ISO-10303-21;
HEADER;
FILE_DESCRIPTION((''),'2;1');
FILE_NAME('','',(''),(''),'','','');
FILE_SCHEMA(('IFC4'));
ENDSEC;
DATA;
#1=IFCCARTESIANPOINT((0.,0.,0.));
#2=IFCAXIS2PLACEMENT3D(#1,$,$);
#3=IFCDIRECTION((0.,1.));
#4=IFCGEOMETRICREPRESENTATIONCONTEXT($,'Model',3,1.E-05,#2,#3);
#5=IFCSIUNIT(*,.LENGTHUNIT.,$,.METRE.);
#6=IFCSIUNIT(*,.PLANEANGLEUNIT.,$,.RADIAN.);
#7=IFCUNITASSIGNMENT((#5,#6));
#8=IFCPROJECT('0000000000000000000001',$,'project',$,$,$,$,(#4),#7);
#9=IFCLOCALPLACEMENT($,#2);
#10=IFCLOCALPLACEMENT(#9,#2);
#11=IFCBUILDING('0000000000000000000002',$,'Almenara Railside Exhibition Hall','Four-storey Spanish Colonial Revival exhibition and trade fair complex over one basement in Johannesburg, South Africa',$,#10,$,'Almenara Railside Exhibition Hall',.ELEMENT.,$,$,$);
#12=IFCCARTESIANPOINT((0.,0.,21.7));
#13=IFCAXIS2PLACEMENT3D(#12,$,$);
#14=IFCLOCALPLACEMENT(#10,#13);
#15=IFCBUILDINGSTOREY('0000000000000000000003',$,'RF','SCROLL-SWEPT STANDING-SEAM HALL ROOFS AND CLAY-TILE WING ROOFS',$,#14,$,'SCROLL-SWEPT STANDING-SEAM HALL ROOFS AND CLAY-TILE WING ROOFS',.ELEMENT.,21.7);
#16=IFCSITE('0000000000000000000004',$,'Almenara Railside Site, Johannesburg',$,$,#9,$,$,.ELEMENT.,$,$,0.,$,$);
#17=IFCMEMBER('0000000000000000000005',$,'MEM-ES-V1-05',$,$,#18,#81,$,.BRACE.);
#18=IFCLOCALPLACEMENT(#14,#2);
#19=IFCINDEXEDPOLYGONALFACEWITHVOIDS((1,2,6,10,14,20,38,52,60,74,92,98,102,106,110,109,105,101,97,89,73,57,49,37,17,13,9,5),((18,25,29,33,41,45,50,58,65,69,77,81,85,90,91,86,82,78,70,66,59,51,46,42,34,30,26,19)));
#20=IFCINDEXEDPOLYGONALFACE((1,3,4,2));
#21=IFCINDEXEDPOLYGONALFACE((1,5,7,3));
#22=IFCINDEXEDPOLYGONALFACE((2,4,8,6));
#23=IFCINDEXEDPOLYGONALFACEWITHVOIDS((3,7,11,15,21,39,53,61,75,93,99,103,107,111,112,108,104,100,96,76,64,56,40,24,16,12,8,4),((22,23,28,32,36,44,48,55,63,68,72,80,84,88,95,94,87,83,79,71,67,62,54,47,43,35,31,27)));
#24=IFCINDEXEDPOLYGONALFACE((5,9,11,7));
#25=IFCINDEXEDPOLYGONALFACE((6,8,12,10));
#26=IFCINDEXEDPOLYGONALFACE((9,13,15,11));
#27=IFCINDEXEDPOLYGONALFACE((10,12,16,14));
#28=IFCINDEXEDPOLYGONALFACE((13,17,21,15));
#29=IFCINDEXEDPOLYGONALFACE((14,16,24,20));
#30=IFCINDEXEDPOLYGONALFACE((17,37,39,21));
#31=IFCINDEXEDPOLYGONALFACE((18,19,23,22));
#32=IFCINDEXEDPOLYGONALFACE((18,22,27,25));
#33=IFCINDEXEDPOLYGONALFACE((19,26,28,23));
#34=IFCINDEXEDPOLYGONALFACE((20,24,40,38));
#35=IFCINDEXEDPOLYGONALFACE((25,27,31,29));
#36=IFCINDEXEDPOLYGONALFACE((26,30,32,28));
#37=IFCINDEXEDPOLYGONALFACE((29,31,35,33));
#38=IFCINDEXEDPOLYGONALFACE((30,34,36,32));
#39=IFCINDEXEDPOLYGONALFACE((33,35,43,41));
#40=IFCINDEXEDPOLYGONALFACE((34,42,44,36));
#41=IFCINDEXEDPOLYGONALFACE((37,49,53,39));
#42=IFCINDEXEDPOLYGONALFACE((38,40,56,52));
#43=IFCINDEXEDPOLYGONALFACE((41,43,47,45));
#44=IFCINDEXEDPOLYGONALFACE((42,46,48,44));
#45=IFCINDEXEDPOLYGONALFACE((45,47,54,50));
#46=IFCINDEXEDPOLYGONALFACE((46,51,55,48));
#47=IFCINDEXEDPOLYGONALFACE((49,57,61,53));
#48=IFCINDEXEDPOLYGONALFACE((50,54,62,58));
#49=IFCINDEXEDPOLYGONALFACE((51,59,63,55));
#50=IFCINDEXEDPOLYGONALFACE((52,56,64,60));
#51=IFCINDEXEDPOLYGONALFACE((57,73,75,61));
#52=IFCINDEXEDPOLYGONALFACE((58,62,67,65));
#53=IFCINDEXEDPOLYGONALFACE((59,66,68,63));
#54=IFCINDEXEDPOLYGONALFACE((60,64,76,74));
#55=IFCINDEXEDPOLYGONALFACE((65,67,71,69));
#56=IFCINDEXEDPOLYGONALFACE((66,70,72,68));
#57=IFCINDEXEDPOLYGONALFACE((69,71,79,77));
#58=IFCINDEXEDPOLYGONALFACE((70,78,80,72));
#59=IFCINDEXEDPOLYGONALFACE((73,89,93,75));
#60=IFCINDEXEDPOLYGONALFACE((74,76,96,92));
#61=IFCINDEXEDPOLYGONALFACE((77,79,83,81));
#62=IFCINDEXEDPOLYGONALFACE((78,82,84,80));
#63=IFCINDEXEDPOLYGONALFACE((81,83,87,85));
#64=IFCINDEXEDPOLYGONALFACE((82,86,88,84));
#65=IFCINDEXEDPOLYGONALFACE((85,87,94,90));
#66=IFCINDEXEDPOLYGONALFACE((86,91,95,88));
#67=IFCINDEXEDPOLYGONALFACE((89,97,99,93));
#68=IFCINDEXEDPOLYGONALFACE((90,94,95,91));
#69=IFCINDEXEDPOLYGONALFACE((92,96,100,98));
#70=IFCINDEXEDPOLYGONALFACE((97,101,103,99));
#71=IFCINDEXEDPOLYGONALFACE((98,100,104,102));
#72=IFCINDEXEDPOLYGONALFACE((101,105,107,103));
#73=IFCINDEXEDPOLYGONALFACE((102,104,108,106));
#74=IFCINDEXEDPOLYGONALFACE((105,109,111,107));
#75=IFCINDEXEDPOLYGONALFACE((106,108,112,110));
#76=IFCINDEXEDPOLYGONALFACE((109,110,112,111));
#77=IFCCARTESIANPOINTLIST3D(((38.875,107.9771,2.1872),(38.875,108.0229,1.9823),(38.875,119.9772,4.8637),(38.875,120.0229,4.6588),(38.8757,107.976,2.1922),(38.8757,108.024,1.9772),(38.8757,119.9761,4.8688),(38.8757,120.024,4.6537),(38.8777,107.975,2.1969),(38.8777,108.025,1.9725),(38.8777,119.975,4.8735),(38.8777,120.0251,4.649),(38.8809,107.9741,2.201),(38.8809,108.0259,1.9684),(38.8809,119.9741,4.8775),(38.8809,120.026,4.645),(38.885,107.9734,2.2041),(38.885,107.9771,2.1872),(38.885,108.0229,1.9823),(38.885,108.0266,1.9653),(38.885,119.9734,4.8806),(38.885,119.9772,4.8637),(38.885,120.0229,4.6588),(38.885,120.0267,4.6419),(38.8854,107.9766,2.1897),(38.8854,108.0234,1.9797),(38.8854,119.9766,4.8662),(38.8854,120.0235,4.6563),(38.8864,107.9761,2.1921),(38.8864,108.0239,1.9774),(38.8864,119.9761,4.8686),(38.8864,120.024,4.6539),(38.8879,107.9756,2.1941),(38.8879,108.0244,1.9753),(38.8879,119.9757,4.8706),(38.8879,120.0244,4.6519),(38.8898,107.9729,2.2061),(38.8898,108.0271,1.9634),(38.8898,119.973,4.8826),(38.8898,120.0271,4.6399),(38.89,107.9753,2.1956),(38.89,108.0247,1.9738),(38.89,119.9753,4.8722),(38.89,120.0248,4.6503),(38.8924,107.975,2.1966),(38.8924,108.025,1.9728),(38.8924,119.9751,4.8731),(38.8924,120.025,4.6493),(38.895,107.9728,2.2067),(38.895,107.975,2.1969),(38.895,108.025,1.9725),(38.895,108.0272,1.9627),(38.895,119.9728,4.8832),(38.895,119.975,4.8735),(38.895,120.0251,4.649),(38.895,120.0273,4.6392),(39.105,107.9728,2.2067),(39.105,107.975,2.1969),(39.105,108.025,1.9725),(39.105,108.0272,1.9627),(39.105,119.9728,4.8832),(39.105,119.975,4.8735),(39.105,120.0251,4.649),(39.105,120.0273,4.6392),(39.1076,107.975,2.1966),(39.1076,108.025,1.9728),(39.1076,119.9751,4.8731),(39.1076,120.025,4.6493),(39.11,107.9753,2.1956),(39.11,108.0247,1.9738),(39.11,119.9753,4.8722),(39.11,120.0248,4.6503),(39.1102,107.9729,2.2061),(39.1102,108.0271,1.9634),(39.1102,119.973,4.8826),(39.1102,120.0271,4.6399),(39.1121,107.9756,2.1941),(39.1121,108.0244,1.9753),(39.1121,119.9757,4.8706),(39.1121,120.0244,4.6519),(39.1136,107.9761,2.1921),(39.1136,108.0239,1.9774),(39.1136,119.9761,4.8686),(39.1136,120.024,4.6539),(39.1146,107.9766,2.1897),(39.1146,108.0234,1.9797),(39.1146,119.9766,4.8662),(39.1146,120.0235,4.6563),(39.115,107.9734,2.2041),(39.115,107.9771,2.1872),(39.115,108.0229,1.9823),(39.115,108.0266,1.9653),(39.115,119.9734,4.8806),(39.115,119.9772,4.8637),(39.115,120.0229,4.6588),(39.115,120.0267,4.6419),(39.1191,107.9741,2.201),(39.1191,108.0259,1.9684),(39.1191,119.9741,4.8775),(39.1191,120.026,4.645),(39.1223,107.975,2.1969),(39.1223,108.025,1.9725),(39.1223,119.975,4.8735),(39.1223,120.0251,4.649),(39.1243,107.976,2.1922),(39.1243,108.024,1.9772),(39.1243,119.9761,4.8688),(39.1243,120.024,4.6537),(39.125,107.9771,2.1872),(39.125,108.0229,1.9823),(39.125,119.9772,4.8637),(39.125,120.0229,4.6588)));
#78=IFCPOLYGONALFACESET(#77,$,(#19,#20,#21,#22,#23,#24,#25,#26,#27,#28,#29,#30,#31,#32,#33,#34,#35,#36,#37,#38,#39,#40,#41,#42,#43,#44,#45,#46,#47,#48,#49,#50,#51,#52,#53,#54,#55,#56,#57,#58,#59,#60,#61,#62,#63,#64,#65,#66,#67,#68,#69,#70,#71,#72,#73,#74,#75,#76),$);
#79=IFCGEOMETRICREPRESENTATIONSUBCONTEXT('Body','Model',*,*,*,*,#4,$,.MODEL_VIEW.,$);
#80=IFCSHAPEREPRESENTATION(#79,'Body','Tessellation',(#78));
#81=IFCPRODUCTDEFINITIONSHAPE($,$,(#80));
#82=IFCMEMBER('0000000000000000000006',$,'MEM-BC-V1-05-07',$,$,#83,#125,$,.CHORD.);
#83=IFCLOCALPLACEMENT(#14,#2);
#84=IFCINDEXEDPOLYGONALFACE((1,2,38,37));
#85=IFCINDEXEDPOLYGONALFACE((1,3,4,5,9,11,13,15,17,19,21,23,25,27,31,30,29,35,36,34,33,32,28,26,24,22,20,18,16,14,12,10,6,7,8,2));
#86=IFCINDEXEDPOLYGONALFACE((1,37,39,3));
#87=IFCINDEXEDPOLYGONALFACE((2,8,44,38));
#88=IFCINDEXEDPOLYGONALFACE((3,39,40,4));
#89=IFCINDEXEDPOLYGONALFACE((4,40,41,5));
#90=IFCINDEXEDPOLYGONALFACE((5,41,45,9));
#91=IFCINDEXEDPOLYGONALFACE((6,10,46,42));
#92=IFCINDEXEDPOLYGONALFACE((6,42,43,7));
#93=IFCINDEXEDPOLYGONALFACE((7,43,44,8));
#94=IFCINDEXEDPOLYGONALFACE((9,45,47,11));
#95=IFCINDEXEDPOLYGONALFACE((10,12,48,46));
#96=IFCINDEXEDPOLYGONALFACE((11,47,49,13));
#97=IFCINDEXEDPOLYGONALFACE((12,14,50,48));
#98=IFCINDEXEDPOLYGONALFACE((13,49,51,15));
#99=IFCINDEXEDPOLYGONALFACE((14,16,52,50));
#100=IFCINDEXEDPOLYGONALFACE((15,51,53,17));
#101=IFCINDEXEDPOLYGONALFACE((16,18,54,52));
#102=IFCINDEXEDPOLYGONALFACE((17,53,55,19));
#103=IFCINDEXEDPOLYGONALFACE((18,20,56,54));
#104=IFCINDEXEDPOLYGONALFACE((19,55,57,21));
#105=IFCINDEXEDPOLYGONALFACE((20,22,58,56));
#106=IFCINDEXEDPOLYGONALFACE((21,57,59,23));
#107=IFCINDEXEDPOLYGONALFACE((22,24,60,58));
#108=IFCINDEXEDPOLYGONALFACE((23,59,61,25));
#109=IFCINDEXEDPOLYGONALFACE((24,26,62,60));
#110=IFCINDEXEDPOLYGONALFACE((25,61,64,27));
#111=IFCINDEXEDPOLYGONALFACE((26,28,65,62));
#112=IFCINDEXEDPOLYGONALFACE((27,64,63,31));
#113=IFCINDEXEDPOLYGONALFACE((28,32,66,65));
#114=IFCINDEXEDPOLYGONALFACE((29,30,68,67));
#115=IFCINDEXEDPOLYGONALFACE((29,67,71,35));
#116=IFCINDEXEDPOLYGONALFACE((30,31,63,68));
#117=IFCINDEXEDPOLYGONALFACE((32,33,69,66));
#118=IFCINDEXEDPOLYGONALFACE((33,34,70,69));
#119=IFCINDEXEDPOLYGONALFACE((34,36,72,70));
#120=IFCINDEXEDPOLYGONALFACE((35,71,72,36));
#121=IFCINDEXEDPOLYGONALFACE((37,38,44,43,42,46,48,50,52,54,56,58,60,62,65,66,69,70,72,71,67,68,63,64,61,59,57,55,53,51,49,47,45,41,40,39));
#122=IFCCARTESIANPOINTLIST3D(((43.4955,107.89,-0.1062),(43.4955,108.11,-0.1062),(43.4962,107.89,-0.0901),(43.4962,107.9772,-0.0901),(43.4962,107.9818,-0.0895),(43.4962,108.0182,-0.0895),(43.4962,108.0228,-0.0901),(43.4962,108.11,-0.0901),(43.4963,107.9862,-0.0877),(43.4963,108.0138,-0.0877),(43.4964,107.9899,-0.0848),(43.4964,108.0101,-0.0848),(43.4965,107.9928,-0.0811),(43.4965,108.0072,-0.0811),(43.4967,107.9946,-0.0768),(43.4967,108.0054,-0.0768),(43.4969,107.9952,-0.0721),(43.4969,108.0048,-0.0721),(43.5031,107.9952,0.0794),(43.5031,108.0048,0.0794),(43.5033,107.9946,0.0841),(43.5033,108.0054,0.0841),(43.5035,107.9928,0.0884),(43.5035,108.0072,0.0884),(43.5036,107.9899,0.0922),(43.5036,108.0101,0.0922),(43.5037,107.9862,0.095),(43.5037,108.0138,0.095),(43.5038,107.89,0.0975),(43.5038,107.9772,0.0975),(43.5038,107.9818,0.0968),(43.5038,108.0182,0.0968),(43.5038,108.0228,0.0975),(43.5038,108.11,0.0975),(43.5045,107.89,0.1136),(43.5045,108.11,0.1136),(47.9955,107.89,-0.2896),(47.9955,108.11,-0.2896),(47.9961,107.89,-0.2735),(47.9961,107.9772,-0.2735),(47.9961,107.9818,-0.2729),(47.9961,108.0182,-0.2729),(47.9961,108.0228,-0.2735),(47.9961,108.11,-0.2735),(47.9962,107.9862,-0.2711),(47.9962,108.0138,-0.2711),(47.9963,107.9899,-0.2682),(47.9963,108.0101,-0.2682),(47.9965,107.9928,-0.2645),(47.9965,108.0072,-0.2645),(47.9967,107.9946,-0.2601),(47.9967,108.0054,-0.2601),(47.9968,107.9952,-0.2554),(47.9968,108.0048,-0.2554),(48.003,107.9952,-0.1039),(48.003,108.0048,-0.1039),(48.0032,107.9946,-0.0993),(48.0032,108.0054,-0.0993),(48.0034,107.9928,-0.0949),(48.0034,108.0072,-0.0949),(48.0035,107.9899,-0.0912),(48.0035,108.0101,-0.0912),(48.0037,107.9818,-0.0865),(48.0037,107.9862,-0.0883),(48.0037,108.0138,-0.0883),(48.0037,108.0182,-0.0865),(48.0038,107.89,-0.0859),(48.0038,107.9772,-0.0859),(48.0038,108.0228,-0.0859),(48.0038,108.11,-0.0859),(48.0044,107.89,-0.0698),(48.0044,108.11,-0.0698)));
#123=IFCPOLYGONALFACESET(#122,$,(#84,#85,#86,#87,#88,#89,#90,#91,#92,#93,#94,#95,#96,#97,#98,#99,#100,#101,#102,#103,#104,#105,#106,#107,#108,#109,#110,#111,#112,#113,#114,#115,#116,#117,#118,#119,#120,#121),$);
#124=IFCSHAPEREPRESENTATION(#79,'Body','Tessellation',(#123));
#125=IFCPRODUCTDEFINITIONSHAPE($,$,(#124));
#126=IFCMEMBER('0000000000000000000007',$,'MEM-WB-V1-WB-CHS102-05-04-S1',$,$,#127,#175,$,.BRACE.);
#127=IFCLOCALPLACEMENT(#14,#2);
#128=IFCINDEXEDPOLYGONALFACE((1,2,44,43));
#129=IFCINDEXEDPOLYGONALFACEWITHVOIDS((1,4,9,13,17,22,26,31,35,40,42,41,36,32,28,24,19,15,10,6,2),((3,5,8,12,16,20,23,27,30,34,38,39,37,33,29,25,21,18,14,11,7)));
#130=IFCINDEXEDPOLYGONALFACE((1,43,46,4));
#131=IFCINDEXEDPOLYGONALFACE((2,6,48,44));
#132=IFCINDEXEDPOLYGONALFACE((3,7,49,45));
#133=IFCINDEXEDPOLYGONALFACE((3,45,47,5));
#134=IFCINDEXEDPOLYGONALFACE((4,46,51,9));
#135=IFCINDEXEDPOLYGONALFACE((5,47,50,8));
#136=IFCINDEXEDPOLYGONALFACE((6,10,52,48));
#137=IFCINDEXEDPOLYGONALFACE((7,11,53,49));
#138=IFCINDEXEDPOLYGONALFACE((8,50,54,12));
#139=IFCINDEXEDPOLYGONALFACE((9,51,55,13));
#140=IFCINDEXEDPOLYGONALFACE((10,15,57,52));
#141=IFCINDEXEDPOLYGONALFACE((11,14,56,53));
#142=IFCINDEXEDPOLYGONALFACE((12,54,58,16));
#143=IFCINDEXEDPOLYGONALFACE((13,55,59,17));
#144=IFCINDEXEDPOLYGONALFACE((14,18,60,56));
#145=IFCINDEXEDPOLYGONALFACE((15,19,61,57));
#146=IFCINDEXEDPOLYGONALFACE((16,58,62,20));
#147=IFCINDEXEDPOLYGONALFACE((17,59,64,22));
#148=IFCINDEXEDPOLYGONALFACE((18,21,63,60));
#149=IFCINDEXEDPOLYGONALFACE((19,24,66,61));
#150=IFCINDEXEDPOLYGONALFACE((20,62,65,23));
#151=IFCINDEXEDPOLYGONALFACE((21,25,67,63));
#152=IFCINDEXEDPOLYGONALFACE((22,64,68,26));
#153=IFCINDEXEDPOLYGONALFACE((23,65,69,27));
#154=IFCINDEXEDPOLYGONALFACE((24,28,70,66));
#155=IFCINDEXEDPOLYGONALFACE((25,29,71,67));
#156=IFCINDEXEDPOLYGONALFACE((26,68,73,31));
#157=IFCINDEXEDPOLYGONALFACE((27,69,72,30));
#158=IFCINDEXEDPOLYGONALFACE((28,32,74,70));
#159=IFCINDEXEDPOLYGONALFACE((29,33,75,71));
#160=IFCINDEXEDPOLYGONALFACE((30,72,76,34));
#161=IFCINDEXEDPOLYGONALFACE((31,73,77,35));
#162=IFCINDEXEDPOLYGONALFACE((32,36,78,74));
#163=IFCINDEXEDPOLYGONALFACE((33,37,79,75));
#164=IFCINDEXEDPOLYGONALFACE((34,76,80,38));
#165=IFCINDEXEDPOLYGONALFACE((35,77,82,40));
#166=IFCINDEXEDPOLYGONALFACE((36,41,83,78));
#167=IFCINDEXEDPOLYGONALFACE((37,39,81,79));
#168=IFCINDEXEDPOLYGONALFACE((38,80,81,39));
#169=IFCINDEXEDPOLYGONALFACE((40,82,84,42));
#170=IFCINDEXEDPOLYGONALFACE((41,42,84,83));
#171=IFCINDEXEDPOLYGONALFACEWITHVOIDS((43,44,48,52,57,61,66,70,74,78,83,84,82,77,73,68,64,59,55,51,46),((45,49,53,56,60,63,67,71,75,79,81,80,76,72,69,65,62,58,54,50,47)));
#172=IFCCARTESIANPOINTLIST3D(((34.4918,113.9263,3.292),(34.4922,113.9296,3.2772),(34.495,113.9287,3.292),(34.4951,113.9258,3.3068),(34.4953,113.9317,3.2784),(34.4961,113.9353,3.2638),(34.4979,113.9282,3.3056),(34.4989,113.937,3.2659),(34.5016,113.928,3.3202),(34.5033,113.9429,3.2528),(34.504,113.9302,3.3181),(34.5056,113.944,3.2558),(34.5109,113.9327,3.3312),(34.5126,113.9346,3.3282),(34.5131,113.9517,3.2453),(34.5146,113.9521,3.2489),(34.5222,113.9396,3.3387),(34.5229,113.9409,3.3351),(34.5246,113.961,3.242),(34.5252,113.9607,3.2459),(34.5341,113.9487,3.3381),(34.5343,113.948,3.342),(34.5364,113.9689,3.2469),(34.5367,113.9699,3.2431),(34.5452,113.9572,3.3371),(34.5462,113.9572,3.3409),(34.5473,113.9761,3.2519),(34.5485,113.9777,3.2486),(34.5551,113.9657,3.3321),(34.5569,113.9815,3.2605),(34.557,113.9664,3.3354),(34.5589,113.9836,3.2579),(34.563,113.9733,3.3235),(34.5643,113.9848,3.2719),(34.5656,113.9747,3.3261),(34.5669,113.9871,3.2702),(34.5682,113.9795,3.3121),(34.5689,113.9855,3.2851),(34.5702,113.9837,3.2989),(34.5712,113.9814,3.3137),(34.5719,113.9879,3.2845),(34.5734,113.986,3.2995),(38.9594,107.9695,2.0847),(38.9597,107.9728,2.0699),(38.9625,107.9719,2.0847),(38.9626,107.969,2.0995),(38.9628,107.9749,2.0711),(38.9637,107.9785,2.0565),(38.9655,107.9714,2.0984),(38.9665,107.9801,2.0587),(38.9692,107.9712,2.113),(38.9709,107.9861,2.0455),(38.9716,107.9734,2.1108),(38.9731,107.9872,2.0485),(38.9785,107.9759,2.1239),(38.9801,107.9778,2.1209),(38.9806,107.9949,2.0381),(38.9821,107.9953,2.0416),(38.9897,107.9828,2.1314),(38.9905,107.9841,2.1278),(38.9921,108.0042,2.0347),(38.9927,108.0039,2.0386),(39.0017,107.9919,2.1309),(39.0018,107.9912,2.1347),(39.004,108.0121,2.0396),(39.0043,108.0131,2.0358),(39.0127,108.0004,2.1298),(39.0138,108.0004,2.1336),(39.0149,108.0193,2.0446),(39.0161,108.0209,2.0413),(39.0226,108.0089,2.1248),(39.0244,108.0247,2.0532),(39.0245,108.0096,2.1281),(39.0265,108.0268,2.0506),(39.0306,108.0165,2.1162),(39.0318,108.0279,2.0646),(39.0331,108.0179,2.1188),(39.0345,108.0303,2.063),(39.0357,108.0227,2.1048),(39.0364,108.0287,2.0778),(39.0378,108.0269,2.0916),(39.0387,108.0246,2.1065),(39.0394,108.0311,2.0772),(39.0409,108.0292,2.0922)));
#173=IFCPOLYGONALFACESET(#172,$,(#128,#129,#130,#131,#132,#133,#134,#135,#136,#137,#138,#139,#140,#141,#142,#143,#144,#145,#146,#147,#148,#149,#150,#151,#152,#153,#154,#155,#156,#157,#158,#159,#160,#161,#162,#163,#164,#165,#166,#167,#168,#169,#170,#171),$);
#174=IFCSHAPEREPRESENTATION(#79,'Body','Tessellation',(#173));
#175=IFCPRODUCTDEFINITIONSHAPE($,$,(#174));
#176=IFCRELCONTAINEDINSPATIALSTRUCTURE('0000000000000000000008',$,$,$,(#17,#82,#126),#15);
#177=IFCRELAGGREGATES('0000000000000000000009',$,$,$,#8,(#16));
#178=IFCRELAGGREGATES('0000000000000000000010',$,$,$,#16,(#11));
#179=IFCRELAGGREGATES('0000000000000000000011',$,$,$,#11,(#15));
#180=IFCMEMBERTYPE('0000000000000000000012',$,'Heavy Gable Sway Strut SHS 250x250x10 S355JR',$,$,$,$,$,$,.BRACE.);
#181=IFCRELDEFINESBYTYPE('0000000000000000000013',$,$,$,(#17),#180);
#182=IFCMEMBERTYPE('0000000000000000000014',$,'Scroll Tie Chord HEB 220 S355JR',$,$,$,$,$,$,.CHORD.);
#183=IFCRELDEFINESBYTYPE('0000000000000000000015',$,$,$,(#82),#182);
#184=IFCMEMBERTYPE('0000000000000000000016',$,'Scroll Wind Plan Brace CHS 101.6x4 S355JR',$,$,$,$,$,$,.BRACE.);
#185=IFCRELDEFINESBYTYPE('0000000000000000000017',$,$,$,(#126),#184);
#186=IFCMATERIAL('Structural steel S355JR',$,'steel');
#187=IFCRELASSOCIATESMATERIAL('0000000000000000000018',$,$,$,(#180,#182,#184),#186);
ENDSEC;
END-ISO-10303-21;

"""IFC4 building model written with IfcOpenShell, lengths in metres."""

from ifc_helpers import new_model, si_unit, direction, frame, origin, origin_2d, place, context, subcontext, project, spatial, hollow_rectangle, hollow_circle, i_section, extrude, material, material_profile, profile_set, type_object, element, save


model = new_model("IFC4")

# Units and contexts
model_context = context("Model", 3, precision=1e-05, world=origin(), true_north=direction((0.0, 1.0)))
body_context = subcontext(model_context, "Body", "Model", "MODEL_VIEW")
ifc_project = project(units=[si_unit("LENGTHUNIT", "METRE"), si_unit("PLANEANGLEUNIT", "RADIAN")], contexts=[model_context])

# Site, building, storey
site_placement = place(None, origin())
site = spatial("IfcSite", under=ifc_project, at=site_placement, Name="Almenara Railside Site, Johannesburg", CompositionType="ELEMENT", RefElevation=0.0)
building_placement = place(site_placement, origin())
building = spatial("IfcBuilding", under=site, at=building_placement, Name="Almenara Railside Exhibition Hall", Description="Four-storey Spanish Colonial Revival exhibition and trade fair complex over one basement in Johannesburg, South Africa", LongName="Almenara Railside Exhibition Hall", CompositionType="ELEMENT")
storey_placement = place(building_placement, frame((0.0, 0.0, 21.7)))
storey = spatial("IfcBuildingStorey", under=building, at=storey_placement, Name="RF", Description="SCROLL-SWEPT STANDING-SEAM HALL ROOFS AND CLAY-TILE WING ROOFS", LongName="SCROLL-SWEPT STANDING-SEAM HALL ROOFS AND CLAY-TILE WING ROOFS", CompositionType="ELEMENT", Elevation=21.7)

# Members
ifc_material_1 = material(Name="Structural steel S355JR", Category="steel")
ifc_material_profile_1 = material_profile(ifc_material_1, hollow_rectangle(XDim=0.25, YDim=0.25, WallThickness=0.01, InnerFilletRadius=0.01, OuterFilletRadius=0.02, at=origin_2d()), Name="SHS 250x250x10")
ifc_profile_set_1 = profile_set([ifc_material_profile_1], Name="Structural steel S355JR")
member_type_1 = type_object("IfcMemberType", Name="Heavy Gable Sway Strut SHS 250x250x10 S355JR", PredefinedType="BRACE", material=ifc_profile_set_1)
member_1_placement = place(storey_placement, frame((39.0, 108.0, 2.0847), z_axis=(0.0, 0.976017, 0.217694), x_axis=(-1.0, 0.0, 0.0)))
element("IfcMember", 1, at=member_1_placement, inside=storey, type_object=member_type_1, Name="MEM-ES-V1-05", PredefinedType="BRACE", context=body_context, shape_type="SweptSolid", body=[
    extrude(hollow_rectangle(XDim=0.25, YDim=0.25, WallThickness=0.01, InnerFilletRadius=0.01, OuterFilletRadius=0.02, at=origin_2d()), origin(), (0.0, 0.0, 1.0), 12.2949),
])
ifc_material_profile_2 = material_profile(ifc_material_1, i_section(OverallWidth=0.22, OverallDepth=0.22, WebThickness=0.0095, FlangeThickness=0.0161, FilletRadius=0.0181, at=origin_2d()), Name="HEB 220")
ifc_profile_set_2 = profile_set([ifc_material_profile_2], Name="Structural steel S355JR")
member_type_2 = type_object("IfcMemberType", Name="Scroll Tie Chord HEB 220 S355JR", PredefinedType="CHORD", material=ifc_profile_set_2)
member_2_placement = place(storey_placement, frame((43.5, 108.0, 0.0037), z_axis=(0.999171, 0.0, -0.040711), x_axis=(0.0, 1.0, 0.0)))
element("IfcMember", 2, at=member_2_placement, inside=storey, type_object=member_type_2, Name="MEM-BC-V1-05-07", PredefinedType="CHORD", context=body_context, shape_type="SweptSolid", body=[
    extrude(i_section(OverallWidth=0.22, OverallDepth=0.22, WebThickness=0.0095, FlangeThickness=0.0161, FilletRadius=0.0181, at=origin_2d()), origin(), (0.0, 0.0, 1.0), 4.5037),
])
ifc_material_profile_3 = material_profile(ifc_material_1, hollow_circle(Radius=0.0508, WallThickness=0.0039, at=origin_2d()), Name="CHS 101.6x4")
ifc_profile_set_3 = profile_set([ifc_material_profile_3], Name="Structural steel S355JR")
member_type_3 = type_object("IfcMemberType", Name="Scroll Wind Plan Brace CHS 101.6x4 S355JR", PredefinedType="BRACE", material=ifc_profile_set_3)
for number, where, z_axis, x_axis, name in (
    (3, (39.0, 108.0, 2.0847), (-0.59226, 0.789691, 0.160048), (-0.800004, -0.599995, 0.0), "MEM-WB-V1-WB-CHS102-05-04-S1"),
):
    element("IfcMember", number, at=place(storey_placement, frame(where, z_axis=z_axis, x_axis=x_axis)), inside=storey, type_object=member_type_3, Name=name, PredefinedType="BRACE", context=body_context, shape_type="SweptSolid", body=[
        extrude(hollow_circle(Radius=0.0508, WallThickness=0.0039, at=origin_2d()), origin(), (0.0, 0.0, 1.0), 7.5432),
    ])

save(model, "model.ifc")
